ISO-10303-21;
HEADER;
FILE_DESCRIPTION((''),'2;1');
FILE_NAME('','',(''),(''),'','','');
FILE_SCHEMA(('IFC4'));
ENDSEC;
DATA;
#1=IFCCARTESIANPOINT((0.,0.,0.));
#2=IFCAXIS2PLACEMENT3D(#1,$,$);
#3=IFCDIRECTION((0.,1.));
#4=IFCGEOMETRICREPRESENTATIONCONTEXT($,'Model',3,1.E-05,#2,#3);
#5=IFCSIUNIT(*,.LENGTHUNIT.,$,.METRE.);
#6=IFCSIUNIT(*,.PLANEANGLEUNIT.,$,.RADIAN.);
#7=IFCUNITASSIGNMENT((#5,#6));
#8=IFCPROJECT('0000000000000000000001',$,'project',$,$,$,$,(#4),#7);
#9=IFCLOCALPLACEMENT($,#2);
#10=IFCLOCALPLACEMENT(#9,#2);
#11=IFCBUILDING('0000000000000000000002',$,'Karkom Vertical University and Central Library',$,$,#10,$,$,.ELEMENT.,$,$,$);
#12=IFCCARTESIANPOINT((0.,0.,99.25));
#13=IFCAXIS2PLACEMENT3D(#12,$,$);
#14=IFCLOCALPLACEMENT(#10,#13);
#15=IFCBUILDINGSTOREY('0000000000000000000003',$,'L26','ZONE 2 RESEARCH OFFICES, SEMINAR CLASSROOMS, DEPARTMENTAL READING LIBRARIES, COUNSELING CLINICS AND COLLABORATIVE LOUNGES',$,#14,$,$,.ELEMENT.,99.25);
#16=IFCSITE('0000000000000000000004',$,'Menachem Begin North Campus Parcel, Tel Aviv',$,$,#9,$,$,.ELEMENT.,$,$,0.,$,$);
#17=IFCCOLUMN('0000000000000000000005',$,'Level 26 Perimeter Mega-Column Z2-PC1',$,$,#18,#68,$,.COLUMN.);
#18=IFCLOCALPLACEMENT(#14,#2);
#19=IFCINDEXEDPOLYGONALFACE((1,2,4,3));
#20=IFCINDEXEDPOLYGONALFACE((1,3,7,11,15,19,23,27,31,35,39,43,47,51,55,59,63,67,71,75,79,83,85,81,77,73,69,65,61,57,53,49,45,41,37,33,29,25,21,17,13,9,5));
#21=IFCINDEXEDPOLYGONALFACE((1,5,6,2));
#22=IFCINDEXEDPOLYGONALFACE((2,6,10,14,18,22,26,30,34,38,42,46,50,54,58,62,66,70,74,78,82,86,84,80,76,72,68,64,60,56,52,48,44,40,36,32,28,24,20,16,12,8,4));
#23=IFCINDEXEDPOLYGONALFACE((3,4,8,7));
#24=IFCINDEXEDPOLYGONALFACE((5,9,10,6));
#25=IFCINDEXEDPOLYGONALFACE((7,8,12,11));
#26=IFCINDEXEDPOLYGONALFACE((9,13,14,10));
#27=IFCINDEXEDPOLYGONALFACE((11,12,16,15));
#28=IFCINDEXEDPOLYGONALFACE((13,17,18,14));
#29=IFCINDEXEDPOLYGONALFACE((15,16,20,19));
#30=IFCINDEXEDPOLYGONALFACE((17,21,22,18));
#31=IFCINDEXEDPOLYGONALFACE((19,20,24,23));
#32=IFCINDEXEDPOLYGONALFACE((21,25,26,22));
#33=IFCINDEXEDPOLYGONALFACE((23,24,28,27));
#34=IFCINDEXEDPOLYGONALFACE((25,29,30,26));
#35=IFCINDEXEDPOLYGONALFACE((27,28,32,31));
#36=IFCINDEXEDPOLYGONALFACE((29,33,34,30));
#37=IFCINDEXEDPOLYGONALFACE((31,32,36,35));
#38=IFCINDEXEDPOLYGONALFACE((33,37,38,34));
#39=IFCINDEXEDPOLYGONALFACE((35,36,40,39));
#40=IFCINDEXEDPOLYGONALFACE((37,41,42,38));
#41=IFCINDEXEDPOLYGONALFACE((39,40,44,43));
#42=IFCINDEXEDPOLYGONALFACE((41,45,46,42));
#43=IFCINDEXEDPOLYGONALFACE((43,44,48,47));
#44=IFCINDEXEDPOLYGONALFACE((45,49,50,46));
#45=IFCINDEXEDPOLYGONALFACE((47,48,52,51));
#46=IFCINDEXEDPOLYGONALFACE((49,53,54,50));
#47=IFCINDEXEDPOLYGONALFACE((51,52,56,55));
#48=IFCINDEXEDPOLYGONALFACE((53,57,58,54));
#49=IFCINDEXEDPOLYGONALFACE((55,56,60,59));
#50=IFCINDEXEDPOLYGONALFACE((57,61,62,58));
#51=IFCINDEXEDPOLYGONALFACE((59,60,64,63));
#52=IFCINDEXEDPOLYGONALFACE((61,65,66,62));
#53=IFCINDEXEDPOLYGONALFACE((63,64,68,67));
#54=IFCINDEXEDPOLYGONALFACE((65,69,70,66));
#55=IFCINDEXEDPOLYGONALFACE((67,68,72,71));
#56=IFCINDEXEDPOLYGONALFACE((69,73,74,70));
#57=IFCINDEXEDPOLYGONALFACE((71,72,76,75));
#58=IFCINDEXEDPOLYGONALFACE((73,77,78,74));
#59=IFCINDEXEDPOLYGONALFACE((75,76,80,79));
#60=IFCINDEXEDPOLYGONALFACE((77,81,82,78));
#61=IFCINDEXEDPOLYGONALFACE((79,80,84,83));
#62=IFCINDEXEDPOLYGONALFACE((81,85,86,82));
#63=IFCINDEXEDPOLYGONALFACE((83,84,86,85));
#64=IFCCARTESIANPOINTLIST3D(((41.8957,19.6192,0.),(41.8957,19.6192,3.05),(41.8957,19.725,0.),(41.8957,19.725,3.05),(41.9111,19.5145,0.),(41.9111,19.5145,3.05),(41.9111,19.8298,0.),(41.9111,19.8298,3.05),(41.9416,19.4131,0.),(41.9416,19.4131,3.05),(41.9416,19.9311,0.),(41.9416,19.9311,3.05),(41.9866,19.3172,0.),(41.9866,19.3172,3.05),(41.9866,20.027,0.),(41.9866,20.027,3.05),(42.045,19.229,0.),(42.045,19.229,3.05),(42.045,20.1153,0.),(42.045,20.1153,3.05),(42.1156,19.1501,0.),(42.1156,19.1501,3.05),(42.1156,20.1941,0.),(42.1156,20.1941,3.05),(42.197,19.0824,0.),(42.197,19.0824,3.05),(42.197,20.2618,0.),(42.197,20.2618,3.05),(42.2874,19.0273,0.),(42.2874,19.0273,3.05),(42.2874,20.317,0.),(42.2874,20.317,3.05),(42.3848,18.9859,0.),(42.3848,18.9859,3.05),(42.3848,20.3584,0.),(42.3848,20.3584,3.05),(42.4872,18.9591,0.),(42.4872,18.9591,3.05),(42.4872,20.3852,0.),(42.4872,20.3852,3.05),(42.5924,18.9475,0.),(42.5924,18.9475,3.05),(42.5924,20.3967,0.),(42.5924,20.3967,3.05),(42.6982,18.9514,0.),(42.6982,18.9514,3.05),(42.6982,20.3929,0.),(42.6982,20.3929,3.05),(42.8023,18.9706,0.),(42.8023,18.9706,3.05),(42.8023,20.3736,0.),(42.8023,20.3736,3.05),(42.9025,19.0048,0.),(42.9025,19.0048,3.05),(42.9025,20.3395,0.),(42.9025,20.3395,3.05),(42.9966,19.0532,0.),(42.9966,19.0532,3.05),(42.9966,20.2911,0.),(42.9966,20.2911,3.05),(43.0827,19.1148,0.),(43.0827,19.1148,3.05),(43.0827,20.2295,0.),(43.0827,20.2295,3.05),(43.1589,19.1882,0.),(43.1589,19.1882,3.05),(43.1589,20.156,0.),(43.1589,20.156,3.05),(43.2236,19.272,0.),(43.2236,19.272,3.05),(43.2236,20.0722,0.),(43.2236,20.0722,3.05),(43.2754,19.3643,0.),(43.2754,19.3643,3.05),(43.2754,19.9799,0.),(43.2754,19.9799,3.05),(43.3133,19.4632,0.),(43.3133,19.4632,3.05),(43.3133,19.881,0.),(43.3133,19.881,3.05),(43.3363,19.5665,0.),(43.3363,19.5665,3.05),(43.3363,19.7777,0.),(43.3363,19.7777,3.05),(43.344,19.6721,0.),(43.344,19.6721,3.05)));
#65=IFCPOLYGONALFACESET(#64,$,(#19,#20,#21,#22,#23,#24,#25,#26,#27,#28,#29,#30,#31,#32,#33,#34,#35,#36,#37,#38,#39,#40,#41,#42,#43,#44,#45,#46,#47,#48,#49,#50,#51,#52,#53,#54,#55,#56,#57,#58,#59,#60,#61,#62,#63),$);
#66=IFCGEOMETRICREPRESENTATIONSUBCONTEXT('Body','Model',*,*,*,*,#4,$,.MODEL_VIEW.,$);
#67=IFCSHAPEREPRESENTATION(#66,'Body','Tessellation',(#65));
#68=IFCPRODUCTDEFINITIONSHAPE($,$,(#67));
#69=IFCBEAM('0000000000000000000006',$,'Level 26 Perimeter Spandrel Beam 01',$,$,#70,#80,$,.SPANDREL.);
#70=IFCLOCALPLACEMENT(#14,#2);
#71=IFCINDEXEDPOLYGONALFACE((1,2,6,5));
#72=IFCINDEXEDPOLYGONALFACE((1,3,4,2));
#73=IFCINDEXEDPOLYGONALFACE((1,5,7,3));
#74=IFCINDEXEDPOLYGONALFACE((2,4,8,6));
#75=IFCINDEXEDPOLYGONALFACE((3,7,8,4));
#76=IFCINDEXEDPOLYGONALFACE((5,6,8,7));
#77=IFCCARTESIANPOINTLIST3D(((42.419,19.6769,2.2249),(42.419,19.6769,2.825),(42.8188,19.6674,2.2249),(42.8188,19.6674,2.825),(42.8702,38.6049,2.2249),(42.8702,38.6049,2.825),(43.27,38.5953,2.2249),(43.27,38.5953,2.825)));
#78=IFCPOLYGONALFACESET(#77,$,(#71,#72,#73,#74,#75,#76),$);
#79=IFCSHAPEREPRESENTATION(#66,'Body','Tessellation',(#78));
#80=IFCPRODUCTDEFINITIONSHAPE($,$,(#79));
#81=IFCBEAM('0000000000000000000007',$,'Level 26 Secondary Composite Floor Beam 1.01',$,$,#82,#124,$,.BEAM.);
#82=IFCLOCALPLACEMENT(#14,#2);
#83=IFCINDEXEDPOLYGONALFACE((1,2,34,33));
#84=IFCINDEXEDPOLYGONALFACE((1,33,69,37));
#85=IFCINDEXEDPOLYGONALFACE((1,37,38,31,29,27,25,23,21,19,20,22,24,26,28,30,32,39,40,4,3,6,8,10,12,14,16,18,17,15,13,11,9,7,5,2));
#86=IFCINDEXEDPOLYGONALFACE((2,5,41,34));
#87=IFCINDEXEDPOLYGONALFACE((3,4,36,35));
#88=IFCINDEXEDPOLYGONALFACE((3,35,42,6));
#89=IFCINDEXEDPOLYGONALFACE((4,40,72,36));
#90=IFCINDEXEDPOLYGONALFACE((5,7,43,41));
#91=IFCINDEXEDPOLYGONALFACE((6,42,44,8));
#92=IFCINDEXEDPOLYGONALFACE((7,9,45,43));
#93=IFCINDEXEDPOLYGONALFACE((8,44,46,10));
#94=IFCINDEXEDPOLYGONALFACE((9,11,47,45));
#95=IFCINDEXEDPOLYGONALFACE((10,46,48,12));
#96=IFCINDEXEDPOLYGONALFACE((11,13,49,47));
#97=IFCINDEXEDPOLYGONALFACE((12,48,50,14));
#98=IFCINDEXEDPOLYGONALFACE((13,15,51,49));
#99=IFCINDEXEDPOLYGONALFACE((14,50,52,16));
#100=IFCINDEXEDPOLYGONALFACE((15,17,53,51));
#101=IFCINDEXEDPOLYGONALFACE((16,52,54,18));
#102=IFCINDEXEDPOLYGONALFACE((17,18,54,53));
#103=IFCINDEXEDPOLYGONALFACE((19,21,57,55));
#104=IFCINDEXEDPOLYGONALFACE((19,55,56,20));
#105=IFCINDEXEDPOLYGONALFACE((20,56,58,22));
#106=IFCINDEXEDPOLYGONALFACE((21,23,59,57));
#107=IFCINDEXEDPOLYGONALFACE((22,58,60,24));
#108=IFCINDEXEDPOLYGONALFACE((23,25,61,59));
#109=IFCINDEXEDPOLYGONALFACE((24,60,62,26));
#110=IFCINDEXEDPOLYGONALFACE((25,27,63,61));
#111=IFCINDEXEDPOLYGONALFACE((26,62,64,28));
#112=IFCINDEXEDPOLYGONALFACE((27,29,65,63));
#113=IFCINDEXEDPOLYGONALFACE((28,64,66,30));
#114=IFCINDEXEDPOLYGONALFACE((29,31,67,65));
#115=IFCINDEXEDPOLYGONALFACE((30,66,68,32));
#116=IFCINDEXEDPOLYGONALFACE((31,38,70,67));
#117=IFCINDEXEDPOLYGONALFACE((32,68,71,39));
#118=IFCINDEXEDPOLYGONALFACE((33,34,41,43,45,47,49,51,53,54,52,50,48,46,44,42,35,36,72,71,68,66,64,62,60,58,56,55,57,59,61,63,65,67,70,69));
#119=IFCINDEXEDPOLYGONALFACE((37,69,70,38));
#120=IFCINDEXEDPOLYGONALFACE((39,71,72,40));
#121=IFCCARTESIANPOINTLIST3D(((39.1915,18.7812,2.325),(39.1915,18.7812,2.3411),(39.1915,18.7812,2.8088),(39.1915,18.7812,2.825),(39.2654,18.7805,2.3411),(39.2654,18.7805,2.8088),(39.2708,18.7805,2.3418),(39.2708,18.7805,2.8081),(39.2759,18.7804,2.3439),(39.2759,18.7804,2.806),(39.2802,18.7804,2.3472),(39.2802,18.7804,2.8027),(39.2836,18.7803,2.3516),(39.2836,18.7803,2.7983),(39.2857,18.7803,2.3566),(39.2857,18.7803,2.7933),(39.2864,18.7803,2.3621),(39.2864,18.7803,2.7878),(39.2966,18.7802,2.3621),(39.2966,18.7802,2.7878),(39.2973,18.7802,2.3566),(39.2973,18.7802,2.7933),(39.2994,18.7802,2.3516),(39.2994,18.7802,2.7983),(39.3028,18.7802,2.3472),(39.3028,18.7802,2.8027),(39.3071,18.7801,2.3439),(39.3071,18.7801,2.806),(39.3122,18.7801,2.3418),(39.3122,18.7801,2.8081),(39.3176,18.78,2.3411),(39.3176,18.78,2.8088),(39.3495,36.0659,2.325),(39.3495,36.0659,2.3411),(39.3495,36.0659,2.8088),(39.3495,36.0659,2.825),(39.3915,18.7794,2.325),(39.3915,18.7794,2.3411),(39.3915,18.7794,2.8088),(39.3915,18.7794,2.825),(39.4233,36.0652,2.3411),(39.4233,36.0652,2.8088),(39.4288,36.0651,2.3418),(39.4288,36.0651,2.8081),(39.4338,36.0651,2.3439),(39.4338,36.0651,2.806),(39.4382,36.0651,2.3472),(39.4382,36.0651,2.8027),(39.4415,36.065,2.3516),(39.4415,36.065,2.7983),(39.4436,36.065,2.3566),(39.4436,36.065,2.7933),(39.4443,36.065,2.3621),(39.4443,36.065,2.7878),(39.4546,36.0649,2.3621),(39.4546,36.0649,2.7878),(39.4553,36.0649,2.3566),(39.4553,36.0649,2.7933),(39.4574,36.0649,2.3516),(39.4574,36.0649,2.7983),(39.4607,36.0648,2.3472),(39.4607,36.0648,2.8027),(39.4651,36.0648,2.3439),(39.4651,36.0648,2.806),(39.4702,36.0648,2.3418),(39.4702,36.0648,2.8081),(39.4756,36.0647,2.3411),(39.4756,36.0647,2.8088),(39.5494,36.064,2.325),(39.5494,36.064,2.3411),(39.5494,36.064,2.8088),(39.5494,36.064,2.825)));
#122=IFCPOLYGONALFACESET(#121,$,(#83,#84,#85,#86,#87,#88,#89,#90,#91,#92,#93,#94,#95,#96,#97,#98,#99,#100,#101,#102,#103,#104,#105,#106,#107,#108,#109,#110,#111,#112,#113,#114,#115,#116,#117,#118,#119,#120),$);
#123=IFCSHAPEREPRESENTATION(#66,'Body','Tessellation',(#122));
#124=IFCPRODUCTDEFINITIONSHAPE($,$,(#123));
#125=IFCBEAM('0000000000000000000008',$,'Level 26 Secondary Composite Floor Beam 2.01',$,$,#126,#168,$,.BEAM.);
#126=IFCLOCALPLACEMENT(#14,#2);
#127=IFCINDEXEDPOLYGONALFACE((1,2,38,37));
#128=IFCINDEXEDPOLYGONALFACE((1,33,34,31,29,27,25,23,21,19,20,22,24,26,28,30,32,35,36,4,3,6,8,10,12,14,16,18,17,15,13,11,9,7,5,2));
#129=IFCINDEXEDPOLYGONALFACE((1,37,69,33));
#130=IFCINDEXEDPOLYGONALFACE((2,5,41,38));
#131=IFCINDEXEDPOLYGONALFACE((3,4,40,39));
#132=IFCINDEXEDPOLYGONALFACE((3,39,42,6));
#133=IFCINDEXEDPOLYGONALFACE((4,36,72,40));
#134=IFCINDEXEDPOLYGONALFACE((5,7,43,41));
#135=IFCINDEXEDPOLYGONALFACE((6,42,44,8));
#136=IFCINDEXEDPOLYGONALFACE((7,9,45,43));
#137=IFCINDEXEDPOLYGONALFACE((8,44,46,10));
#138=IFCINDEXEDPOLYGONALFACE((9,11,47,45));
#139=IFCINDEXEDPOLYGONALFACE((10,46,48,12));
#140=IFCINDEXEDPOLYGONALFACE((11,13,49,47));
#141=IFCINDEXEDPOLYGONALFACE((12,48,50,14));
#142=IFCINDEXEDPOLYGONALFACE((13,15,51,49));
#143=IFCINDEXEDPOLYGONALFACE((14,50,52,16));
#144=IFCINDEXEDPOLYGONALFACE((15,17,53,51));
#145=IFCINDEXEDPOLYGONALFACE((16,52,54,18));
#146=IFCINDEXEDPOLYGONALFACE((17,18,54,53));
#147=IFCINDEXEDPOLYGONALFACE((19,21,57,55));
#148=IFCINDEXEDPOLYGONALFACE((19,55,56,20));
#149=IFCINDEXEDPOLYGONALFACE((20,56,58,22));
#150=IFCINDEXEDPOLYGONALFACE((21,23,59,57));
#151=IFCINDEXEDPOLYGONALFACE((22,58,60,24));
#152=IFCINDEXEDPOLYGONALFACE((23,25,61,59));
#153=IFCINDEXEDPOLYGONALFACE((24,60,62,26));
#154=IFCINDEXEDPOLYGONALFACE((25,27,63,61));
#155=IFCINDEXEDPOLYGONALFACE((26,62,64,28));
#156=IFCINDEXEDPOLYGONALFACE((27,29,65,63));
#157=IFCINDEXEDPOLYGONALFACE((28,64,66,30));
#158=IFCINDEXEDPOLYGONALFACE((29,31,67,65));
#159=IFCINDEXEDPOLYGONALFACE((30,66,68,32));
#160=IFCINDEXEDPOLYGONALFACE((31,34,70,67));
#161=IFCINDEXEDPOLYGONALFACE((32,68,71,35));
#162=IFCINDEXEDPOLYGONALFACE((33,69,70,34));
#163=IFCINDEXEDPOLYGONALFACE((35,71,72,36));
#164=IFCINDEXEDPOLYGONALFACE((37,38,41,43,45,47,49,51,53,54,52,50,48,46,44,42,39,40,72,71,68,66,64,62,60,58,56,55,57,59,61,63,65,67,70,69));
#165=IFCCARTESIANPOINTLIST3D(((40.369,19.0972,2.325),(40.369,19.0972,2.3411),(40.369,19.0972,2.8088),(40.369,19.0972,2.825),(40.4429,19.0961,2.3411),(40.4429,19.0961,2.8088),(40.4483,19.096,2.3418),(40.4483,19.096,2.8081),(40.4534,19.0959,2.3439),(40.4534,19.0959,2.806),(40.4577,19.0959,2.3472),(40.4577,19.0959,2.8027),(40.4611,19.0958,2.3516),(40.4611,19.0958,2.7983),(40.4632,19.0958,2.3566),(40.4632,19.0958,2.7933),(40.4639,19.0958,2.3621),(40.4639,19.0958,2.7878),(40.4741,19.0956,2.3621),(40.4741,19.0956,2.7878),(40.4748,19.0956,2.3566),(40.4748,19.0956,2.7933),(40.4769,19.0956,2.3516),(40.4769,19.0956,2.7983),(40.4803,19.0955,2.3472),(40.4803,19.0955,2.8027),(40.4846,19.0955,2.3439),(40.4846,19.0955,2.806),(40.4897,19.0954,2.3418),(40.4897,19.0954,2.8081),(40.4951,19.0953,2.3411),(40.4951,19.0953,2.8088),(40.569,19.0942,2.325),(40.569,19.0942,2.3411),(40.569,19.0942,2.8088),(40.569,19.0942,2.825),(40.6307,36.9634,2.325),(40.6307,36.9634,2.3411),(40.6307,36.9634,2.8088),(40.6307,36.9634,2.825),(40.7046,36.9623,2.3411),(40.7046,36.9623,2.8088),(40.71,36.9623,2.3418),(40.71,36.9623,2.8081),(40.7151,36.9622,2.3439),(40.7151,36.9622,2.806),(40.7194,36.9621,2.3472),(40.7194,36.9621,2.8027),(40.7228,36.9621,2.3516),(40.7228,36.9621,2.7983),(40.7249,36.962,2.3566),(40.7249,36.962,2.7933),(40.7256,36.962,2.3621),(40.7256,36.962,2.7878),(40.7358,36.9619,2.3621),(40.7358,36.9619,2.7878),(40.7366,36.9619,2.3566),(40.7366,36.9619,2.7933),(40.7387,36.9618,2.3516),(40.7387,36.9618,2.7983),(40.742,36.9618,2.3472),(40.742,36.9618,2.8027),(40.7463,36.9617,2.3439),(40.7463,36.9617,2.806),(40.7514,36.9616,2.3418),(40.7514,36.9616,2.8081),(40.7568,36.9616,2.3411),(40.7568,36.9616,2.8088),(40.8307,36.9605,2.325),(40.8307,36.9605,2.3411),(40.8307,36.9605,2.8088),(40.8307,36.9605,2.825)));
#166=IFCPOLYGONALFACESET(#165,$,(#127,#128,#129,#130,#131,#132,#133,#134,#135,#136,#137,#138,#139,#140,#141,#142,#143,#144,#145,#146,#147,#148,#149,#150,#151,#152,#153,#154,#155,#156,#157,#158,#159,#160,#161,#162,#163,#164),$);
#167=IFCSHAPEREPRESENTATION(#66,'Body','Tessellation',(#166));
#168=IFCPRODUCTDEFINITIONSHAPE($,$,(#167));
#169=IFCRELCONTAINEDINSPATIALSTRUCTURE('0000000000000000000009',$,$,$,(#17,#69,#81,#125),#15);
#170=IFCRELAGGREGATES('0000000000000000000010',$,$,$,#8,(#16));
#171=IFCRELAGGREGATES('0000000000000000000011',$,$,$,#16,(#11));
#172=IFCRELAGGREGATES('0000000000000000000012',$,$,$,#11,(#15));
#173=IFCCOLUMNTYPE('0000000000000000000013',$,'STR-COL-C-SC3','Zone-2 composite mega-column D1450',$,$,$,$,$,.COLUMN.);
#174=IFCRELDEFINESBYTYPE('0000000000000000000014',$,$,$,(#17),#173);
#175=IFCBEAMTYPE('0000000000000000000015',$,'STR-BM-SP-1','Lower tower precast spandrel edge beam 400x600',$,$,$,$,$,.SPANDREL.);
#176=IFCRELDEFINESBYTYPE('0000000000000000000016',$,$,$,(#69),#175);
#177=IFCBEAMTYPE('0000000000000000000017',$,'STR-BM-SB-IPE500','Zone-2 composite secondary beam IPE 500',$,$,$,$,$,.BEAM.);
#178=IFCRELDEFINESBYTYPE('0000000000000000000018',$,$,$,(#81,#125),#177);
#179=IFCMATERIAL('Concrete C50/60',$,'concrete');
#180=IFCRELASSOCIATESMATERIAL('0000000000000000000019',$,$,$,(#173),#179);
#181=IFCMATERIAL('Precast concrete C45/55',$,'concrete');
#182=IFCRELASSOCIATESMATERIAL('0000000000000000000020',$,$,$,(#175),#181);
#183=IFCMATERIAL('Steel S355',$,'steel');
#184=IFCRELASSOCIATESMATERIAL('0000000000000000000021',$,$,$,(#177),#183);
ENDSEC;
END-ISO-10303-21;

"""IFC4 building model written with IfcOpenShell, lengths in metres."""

from ifc_helpers import new_model, si_unit, direction, frame, origin, origin_with_axes, origin_2d, place, context, subcontext, project, spatial, rectangle, circle, i_section, extrude, source, transform, mapped, material, material_profile, profile_set, type_object, element, save


model = new_model("IFC4")

# Units and contexts
model_context = context("Model", 3, precision=1e-05, world=origin(), true_north=direction((0.0, 1.0)))
body_context = subcontext(model_context, "Body", "Model", "MODEL_VIEW")
ifc_project = project(units=[si_unit("LENGTHUNIT", "METRE"), si_unit("PLANEANGLEUNIT", "RADIAN")], contexts=[model_context])

# Site, building, storey
site_placement = place(None, origin())
site = spatial("IfcSite", under=ifc_project, at=site_placement, Name="Menachem Begin North Campus Parcel, Tel Aviv", CompositionType="ELEMENT", RefElevation=0.0)
building_placement = place(site_placement, origin())
building = spatial("IfcBuilding", under=site, at=building_placement, Name="Karkom Vertical University and Central Library", CompositionType="ELEMENT")
storey_placement = place(building_placement, frame((0.0, 0.0, 99.25)))
storey = spatial("IfcBuildingStorey", under=building, at=storey_placement, Name="L26", Description="ZONE 2 RESEARCH OFFICES, SEMINAR CLASSROOMS, DEPARTMENTAL READING LIBRARIES, COUNSELING CLINICS AND COLLABORATIVE LOUNGES", CompositionType="ELEMENT", Elevation=99.25)

# Column
ifc_material_1 = material(Name="Concrete C50/60", Category="concrete")
ifc_material_profile_1 = material_profile(ifc_material_1, circle(Radius=0.7251, at=origin_2d()), Name="CFT-D1450")
ifc_profile_set_1 = profile_set([ifc_material_profile_1], Name="Concrete C50/60")
column_type = type_object("IfcColumnType", Name="STR-COL-C-SC3", Description="Zone-2 composite mega-column D1450", PredefinedType="COLUMN", material=ifc_profile_set_1)
shared_shape_1 = source(origin_with_axes(), body_context, "Body", "SweptSolid", [
    extrude(circle(Radius=0.7251, at=origin_2d()), origin(), (0.0, 0.0, 1.0), 3.05),
])
column_placement = place(storey_placement, frame((42.6189, 19.6721, 0.0), z_axis=(0.0, 0.0, 1.0), x_axis=(1.0, 0.0, 0.0)))
element("IfcColumn", 1, at=column_placement, inside=storey, type_object=column_type, Name="Level 26 Perimeter Mega-Column Z2-PC1", PredefinedType="COLUMN", context=body_context, shape_type="MappedRepresentation", body=[
    mapped(shared_shape_1, transform((0.0, 0.0, 0.0), scale=1.0)),
])

# Beams
ifc_material_2 = material(Name="Precast concrete C45/55", Category="concrete")
ifc_material_profile_2 = material_profile(ifc_material_2, rectangle(XDim=0.3999, YDim=0.6001, at=origin_2d()), Name="SPB-400x600")
ifc_profile_set_2 = profile_set([ifc_material_profile_2], Name="Precast concrete C45/55")
beam_type_1 = type_object("IfcBeamType", Name="STR-BM-SP-1", Description="Lower tower precast spandrel edge beam 400x600", PredefinedType="SPANDREL", material=ifc_profile_set_2)
shared_shape_2 = source(origin_with_axes(), body_context, "Body", "SweptSolid", [
    extrude(rectangle(XDim=0.3999, YDim=0.6001, at=origin_2d()), origin(), (0.0, 0.0, 1.0), 18.9333),
])
beam_1_placement = place(storey_placement, frame((42.6189, 19.6721, 2.5249), z_axis=(0.023829, 0.999716, 0.0), x_axis=(-0.999716, 0.023829, 0.0)))
element("IfcBeam", 2, at=beam_1_placement, inside=storey, type_object=beam_type_1, Name="Level 26 Perimeter Spandrel Beam 01", PredefinedType="SPANDREL", context=body_context, shape_type="MappedRepresentation", body=[
    mapped(shared_shape_2, transform((0.0, 0.0, 0.0), scale=1.0)),
])
ifc_material_3 = material(Name="Steel S355", Category="steel")
ifc_material_profile_3 = material_profile(ifc_material_3, i_section(OverallWidth=0.2, OverallDepth=0.5, WebThickness=0.0103, FlangeThickness=0.0161, FilletRadius=0.021, at=origin_2d()), Name="IPE 500")
ifc_profile_set_3 = profile_set([ifc_material_profile_3], Name="Steel S355")
beam_type_2 = type_object("IfcBeamType", Name="STR-BM-SB-IPE500", Description="Zone-2 composite secondary beam IPE 500", PredefinedType="BEAM", material=ifc_profile_set_3)
shared_shape_3 = source(origin_with_axes(), body_context, "Body", "SweptSolid", [
    extrude(i_section(OverallWidth=0.2, OverallDepth=0.5, WebThickness=0.0103, FlangeThickness=0.0161, FilletRadius=0.021, at=origin_2d()), origin(), (0.0, 0.0, 1.0), 17.2854),
])
beam_2_placement = place(storey_placement, frame((39.2915, 18.7803, 2.575), z_axis=(0.009138, 0.999958, 0.0), x_axis=(-0.999958, 0.009138, 0.0)))
element("IfcBeam", 3, at=beam_2_placement, inside=storey, type_object=beam_type_2, Name="Level 26 Secondary Composite Floor Beam 1.01", PredefinedType="BEAM", context=body_context, shape_type="MappedRepresentation", body=[
    mapped(shared_shape_3, transform((0.0, 0.0, 0.0), scale=1.0)),
])
shared_shape_4 = source(origin_with_axes(), body_context, "Body", "SweptSolid", [
    extrude(i_section(OverallWidth=0.2, OverallDepth=0.5, WebThickness=0.0103, FlangeThickness=0.0161, FilletRadius=0.021, at=origin_2d()), origin(), (0.0, 0.0, 1.0), 17.8682),
])
beam_3_placement = place(storey_placement, frame((40.469, 19.0957, 2.575), z_axis=(0.014647, 0.999893, 0.0), x_axis=(-0.999893, 0.014647, 0.0)))
element("IfcBeam", 4, at=beam_3_placement, inside=storey, type_object=beam_type_2, Name="Level 26 Secondary Composite Floor Beam 2.01", PredefinedType="BEAM", context=body_context, shape_type="MappedRepresentation", body=[
    mapped(shared_shape_4, transform((0.0, 0.0, 0.0), scale=1.0)),
])

save(model, "model.ifc")
